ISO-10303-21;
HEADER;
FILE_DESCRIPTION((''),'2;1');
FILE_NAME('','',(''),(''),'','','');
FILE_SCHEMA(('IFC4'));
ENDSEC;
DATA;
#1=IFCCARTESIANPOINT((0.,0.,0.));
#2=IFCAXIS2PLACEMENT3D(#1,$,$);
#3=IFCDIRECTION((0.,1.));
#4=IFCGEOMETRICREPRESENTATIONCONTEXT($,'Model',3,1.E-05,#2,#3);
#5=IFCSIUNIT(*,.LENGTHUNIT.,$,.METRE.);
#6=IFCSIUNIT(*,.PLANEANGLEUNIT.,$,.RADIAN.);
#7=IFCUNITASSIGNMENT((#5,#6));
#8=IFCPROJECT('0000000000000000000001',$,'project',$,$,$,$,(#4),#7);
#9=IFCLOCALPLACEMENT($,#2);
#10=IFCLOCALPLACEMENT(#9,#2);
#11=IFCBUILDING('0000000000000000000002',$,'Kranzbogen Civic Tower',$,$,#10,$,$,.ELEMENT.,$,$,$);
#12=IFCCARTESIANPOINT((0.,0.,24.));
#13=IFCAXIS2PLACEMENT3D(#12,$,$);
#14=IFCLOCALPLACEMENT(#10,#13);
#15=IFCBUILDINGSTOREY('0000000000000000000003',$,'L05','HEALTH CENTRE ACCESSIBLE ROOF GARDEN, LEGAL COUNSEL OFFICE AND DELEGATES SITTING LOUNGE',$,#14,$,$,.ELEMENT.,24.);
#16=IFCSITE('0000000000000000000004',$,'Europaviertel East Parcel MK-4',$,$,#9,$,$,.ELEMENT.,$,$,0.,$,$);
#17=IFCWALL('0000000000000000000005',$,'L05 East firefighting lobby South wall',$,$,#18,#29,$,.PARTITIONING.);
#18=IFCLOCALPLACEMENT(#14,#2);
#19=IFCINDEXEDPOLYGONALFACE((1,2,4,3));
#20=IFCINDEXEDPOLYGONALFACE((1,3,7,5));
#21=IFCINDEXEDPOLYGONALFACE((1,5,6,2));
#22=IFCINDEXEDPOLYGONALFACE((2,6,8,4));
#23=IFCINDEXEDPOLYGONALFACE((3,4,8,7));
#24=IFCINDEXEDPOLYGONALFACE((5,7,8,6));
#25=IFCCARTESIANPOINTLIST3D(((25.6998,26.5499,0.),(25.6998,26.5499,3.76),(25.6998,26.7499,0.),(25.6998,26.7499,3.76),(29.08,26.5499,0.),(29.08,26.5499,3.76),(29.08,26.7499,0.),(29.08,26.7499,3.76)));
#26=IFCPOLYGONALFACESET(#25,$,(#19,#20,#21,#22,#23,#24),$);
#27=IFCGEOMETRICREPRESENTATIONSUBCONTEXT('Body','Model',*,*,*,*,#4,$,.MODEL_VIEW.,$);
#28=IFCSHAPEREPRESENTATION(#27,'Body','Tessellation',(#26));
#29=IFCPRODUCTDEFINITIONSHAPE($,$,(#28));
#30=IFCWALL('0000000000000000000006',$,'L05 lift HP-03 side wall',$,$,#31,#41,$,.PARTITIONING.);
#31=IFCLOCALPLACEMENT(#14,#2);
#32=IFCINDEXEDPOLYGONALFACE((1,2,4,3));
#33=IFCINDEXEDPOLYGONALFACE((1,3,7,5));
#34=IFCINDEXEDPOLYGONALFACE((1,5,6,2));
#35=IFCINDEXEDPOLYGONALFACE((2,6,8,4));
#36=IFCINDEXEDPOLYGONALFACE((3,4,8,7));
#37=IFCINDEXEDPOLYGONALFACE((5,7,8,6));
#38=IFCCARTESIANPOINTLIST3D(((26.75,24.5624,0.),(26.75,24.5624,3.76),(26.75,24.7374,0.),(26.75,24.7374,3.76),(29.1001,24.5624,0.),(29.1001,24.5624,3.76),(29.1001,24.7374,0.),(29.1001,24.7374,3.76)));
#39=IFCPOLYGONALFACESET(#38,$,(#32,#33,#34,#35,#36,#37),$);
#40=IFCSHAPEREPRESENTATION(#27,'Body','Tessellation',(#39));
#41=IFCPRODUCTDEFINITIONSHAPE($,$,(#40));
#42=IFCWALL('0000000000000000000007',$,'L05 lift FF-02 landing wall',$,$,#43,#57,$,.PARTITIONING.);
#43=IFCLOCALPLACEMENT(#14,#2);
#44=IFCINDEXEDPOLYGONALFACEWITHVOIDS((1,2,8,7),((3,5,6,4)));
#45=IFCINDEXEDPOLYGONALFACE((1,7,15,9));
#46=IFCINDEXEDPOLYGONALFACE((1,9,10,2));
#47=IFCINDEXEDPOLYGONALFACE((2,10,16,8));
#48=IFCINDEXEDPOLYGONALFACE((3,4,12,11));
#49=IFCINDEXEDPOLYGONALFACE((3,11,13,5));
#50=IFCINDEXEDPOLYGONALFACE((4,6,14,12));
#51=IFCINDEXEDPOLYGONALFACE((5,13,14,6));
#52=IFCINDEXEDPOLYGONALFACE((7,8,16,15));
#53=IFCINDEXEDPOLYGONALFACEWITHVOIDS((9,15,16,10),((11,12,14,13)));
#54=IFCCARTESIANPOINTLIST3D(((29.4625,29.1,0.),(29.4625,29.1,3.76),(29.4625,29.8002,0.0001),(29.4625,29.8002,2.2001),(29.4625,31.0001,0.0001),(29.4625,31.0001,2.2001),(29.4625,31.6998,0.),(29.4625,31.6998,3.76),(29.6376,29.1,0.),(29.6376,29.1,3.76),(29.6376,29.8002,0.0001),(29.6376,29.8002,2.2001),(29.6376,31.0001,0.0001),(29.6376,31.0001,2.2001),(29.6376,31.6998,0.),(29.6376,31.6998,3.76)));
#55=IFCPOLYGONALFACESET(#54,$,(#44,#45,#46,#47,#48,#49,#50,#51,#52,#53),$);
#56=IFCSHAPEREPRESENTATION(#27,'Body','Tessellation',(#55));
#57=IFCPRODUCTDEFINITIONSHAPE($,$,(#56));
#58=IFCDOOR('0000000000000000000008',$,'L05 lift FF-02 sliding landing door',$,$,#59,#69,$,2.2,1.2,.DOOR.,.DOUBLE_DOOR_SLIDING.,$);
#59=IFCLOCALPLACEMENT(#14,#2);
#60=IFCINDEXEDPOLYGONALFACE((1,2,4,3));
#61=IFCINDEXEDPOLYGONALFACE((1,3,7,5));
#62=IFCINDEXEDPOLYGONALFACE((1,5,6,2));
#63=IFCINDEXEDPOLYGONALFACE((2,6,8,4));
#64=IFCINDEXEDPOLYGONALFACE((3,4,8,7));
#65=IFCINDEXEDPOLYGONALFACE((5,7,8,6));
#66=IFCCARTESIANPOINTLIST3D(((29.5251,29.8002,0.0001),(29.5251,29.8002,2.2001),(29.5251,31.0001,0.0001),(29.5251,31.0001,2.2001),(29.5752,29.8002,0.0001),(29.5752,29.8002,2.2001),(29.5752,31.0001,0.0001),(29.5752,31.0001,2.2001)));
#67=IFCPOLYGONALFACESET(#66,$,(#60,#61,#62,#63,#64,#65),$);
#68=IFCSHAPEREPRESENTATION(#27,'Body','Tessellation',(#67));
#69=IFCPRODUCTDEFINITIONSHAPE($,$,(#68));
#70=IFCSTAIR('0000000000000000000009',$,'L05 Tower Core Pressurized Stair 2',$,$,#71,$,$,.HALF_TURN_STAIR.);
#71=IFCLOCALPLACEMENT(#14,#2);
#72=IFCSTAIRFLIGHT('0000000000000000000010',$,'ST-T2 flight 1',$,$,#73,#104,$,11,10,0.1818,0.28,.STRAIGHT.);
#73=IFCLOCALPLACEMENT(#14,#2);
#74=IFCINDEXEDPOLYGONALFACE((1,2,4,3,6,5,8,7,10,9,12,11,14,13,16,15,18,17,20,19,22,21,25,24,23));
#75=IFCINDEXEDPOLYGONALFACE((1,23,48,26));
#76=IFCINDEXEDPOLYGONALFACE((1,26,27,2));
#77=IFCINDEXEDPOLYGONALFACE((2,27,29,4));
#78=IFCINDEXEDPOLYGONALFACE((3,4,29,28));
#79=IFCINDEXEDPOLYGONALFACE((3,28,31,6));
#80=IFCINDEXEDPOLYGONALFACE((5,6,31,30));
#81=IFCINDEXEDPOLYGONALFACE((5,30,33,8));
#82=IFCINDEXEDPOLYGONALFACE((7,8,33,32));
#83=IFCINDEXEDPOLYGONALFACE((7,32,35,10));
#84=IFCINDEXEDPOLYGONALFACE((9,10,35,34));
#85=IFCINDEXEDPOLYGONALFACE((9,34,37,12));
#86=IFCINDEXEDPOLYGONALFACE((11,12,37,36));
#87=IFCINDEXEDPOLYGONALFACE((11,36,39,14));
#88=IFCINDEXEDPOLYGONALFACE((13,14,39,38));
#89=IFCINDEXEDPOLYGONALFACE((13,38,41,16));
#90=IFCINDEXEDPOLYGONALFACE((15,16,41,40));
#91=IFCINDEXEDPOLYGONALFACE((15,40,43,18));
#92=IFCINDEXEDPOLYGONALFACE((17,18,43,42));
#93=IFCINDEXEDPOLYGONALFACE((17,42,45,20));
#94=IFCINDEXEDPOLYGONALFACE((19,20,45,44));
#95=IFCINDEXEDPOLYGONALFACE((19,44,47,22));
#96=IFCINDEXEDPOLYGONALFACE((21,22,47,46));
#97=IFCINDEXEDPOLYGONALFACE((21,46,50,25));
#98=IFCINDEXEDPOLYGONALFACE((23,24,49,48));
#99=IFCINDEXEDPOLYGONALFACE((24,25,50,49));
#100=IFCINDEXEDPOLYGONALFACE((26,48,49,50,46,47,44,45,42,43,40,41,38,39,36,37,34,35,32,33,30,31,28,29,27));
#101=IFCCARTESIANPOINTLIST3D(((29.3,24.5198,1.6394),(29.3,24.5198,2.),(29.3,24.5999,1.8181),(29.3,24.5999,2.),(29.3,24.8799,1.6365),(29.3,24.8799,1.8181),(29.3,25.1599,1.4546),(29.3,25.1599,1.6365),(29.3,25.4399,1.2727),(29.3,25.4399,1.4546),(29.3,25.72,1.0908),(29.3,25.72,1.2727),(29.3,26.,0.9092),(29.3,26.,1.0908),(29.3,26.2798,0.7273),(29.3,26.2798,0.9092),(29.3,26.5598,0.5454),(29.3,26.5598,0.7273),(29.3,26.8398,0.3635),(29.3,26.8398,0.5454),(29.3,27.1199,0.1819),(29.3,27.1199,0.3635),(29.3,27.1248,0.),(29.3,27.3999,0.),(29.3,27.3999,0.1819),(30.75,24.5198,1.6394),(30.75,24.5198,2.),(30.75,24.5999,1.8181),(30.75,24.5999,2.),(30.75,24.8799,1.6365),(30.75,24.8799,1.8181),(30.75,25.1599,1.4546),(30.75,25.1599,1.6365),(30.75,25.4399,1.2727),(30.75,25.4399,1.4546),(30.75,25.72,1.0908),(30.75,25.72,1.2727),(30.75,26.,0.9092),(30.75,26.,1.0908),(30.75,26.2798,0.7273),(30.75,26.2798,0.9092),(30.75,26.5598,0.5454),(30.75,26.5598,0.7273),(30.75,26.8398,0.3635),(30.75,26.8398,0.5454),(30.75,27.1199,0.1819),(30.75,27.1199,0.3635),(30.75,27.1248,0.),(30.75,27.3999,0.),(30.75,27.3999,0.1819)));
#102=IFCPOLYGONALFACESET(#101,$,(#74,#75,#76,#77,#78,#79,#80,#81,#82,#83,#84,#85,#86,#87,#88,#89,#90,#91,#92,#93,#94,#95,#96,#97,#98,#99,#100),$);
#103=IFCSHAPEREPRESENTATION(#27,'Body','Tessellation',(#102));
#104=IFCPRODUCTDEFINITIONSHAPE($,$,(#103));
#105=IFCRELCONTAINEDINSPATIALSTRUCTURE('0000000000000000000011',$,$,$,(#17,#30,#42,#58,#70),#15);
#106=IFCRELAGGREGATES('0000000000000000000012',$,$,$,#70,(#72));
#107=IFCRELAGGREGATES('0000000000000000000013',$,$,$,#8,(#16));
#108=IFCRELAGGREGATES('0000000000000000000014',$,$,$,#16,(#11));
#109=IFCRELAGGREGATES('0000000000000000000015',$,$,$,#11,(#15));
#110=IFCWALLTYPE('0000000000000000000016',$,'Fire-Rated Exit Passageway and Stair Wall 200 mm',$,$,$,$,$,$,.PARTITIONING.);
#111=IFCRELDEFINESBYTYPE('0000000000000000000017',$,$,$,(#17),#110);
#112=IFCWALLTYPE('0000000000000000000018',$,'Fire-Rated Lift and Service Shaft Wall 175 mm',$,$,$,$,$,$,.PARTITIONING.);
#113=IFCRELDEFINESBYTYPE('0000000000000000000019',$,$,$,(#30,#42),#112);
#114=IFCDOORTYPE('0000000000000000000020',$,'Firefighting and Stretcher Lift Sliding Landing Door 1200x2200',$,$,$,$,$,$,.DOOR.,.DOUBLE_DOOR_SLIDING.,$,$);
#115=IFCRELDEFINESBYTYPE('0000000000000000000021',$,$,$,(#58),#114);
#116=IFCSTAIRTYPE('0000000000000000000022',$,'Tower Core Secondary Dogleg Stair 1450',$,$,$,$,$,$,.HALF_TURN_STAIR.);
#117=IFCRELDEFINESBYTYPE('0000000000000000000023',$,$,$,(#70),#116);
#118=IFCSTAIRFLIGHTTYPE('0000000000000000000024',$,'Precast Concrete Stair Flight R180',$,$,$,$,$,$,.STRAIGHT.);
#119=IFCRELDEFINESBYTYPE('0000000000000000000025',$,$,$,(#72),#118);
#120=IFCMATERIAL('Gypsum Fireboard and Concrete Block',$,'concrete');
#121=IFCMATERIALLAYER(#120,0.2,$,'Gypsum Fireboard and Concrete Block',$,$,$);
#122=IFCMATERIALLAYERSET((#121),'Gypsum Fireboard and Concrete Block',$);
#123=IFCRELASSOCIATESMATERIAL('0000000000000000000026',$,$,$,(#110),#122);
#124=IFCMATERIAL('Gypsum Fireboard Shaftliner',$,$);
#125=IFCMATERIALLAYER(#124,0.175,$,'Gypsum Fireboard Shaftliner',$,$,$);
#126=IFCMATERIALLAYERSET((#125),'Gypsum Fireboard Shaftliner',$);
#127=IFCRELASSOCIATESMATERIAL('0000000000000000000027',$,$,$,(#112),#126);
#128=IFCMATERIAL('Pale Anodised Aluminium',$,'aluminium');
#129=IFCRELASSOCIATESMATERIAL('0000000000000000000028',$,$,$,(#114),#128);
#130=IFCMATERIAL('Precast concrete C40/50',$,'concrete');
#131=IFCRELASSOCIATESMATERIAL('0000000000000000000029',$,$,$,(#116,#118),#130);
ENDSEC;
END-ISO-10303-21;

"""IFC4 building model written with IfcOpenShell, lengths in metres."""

from ifc_helpers import new_model, si_unit, direction, frame, frame_2d, origin, place, context, subcontext, project, spatial, polyline, rectangle, outline, extrude, material, layer, layer_set, type_object, element, fill, aggregate, save


model = new_model("IFC4")

# Units and contexts
model_context = context("Model", 3, precision=1e-05, world=origin(), true_north=direction((0.0, 1.0)))
body_context = subcontext(model_context, "Body", "Model", "MODEL_VIEW")
ifc_project = project(units=[si_unit("LENGTHUNIT", "METRE"), si_unit("PLANEANGLEUNIT", "RADIAN")], contexts=[model_context])

# Site, building, storey
site_placement = place(None, origin())
site = spatial("IfcSite", under=ifc_project, at=site_placement, Name="Europaviertel East Parcel MK-4", CompositionType="ELEMENT", RefElevation=0.0)
building_placement = place(site_placement, origin())
building = spatial("IfcBuilding", under=site, at=building_placement, Name="Kranzbogen Civic Tower", CompositionType="ELEMENT")
storey_placement = place(building_placement, frame((0.0, 0.0, 24.0)))
storey = spatial("IfcBuildingStorey", under=building, at=storey_placement, Name="L05", Description="HEALTH CENTRE ACCESSIBLE ROOF GARDEN, LEGAL COUNSEL OFFICE AND DELEGATES SITTING LOUNGE", CompositionType="ELEMENT", Elevation=24.0)

# Walls
ifc_material_1 = material(Name="Gypsum Fireboard and Concrete Block", Category="concrete")
ifc_layer_1 = layer(ifc_material_1, 0.2, Name="Gypsum Fireboard and Concrete Block")
ifc_layer_set_1 = layer_set([ifc_layer_1], Name="Gypsum Fireboard and Concrete Block")
wall_type_1 = type_object("IfcWallType", Name="Fire-Rated Exit Passageway and Stair Wall 200 mm", PredefinedType="PARTITIONING", material=ifc_layer_set_1)
wall_1_placement = place(storey_placement, frame((25.7, 26.6499, 0.0), z_axis=(0.0, 0.0, 1.0), x_axis=(1.0, 0.0, 0.0)))
element("IfcWall", 1, at=wall_1_placement, inside=storey, type_object=wall_type_1, Name="L05 East firefighting lobby South wall", PredefinedType="PARTITIONING", context=body_context, shape_type="SweptSolid", body=[
    extrude(rectangle(XDim=3.3801, YDim=0.2, at=frame_2d((1.6899, 0.0))), origin(), (0.0, 0.0, 1.0), 3.76),
])
ifc_material_2 = material(Name="Gypsum Fireboard Shaftliner")
ifc_layer_2 = layer(ifc_material_2, 0.175, Name="Gypsum Fireboard Shaftliner")
ifc_layer_set_2 = layer_set([ifc_layer_2], Name="Gypsum Fireboard Shaftliner")
wall_type_2 = type_object("IfcWallType", Name="Fire-Rated Lift and Service Shaft Wall 175 mm", PredefinedType="PARTITIONING", material=ifc_layer_set_2)
wall_2_placement = place(storey_placement, frame((26.75, 24.6499, 0.0), z_axis=(0.0, 0.0, 1.0), x_axis=(1.0, 0.0, 0.0)))
element("IfcWall", 2, at=wall_2_placement, inside=storey, type_object=wall_type_2, Name="L05 lift HP-03 side wall", PredefinedType="PARTITIONING", context=body_context, shape_type="SweptSolid", body=[
    extrude(rectangle(XDim=2.3501, YDim=0.175, at=frame_2d((1.175, 0.0))), origin(), (0.0, 0.0, 1.0), 3.76),
])

# Wall, opening, door
wall_3_placement = place(storey_placement, frame((29.55, 29.1001, 0.0), z_axis=(0.0, 0.0, 1.0), x_axis=(0.0, 1.0, 0.0)))
wall_3 = element("IfcWall", 3, at=wall_3_placement, inside=storey, type_object=wall_type_2, Name="L05 lift FF-02 landing wall", PredefinedType="PARTITIONING", context=body_context, shape_type="SweptSolid", body=[
    extrude(rectangle(XDim=2.5999, YDim=0.175, at=frame_2d((1.2998, 0.0))), origin(), (0.0, 0.0, 1.0), 3.76),
])
opening_1_placement = place(wall_3_placement, frame((0.7, 0.0, 0.0)))
opening_1 = element("IfcOpeningElement", 4, at=opening_1_placement, cuts=wall_3, PredefinedType="OPENING", context=body_context, shape_type="SweptSolid", body=[
    extrude(rectangle(XDim=1.2, YDim=2.2, at=frame_2d((0.6001, 1.1001))), frame((0.0, 0.0977, 0.0), z_axis=(0.0, -1.0, 0.0), x_axis=(1.0, 0.0, 0.0)), (0.0, 0.0, 1.0), 0.1951),
])
ifc_material_3 = material(Name="Pale Anodised Aluminium", Category="aluminium")
door_type_1 = type_object("IfcDoorType", Name="Firefighting and Stretcher Lift Sliding Landing Door 1200x2200", OperationType="DOUBLE_DOOR_SLIDING", PredefinedType="DOOR", material=ifc_material_3)
door_1_placement = place(opening_1_placement, origin())
door_1 = element("IfcDoor", 5, at=door_1_placement, inside=storey, type_object=door_type_1, Name="L05 lift FF-02 sliding landing door", OperationType="DOUBLE_DOOR_SLIDING", OverallHeight=2.2, OverallWidth=1.2, PredefinedType="DOOR", context=body_context, shape_type="SweptSolid", body=[
    extrude(rectangle(XDim=1.2, YDim=2.2, at=frame_2d((0.6001, 1.1001))), frame((0.0, 0.0249, 0.0), z_axis=(0.0, -1.0, 0.0), x_axis=(1.0, 0.0, 0.0)), (0.0, 0.0, 1.0), 0.05),
])
fill(opening_1, door_1)

# Stair, stair flight
ifc_material_4 = material(Name="Precast concrete C40/50", Category="concrete")
stair_type = type_object("IfcStairType", Name="Tower Core Secondary Dogleg Stair 1450", PredefinedType="HALF_TURN_STAIR", material=ifc_material_4)
stair_placement = place(storey_placement, origin())
stair = element("IfcStair", 6, at=stair_placement, inside=storey, type_object=stair_type, Name="L05 Tower Core Pressurized Stair 2", PredefinedType="HALF_TURN_STAIR")
stair_flight_type = type_object("IfcStairFlightType", Name="Precast Concrete Stair Flight R180", PredefinedType="STRAIGHT", material=ifc_material_4)
stair_flight_placement = place(storey_placement, frame((30.0249, 27.3999, 0.0), z_axis=(0.0, 0.0, 1.0), x_axis=(0.0, -1.0, 0.0)))
stair_flight = element("IfcStairFlight", 7, at=stair_flight_placement, type_object=stair_flight_type, Name="ST-T2 flight 1", NumberOfRisers=11, NumberOfTreads=10, PredefinedType="STRAIGHT", RiserHeight=0.1818, TreadLength=0.28, context=body_context, shape_type="SweptSolid", body=[
    extrude(outline(polyline([(0.0, 0.0), (0.0, 0.1819), (0.28, 0.1819), (0.28, 0.3635), (0.5601, 0.3635), (0.5601, 0.5454), (0.8401, 0.5454), (0.8401, 0.7273), (1.1201, 0.7273), (1.1201, 0.9092), (1.3999, 0.9092), (1.3999, 1.0908), (1.6799, 1.0908), (1.6799, 1.2727), (1.96, 1.2727), (1.96, 1.4546), (2.24, 1.4546), (2.24, 1.6365), (2.52, 1.6365), (2.52, 1.8181), (2.8, 1.8181), (2.8, 2.0), (2.8801, 2.0), (2.8801, 1.6394), (0.2751, 0.0), (0.0, 0.0)])), frame((0.0, 0.7251, 0.0), z_axis=(0.0, -1.0, 0.0), x_axis=(1.0, 0.0, 0.0)), (0.0, 0.0, 1.0), 1.45),
])
aggregate(stair, [stair_flight])

save(model, "model.ifc")
